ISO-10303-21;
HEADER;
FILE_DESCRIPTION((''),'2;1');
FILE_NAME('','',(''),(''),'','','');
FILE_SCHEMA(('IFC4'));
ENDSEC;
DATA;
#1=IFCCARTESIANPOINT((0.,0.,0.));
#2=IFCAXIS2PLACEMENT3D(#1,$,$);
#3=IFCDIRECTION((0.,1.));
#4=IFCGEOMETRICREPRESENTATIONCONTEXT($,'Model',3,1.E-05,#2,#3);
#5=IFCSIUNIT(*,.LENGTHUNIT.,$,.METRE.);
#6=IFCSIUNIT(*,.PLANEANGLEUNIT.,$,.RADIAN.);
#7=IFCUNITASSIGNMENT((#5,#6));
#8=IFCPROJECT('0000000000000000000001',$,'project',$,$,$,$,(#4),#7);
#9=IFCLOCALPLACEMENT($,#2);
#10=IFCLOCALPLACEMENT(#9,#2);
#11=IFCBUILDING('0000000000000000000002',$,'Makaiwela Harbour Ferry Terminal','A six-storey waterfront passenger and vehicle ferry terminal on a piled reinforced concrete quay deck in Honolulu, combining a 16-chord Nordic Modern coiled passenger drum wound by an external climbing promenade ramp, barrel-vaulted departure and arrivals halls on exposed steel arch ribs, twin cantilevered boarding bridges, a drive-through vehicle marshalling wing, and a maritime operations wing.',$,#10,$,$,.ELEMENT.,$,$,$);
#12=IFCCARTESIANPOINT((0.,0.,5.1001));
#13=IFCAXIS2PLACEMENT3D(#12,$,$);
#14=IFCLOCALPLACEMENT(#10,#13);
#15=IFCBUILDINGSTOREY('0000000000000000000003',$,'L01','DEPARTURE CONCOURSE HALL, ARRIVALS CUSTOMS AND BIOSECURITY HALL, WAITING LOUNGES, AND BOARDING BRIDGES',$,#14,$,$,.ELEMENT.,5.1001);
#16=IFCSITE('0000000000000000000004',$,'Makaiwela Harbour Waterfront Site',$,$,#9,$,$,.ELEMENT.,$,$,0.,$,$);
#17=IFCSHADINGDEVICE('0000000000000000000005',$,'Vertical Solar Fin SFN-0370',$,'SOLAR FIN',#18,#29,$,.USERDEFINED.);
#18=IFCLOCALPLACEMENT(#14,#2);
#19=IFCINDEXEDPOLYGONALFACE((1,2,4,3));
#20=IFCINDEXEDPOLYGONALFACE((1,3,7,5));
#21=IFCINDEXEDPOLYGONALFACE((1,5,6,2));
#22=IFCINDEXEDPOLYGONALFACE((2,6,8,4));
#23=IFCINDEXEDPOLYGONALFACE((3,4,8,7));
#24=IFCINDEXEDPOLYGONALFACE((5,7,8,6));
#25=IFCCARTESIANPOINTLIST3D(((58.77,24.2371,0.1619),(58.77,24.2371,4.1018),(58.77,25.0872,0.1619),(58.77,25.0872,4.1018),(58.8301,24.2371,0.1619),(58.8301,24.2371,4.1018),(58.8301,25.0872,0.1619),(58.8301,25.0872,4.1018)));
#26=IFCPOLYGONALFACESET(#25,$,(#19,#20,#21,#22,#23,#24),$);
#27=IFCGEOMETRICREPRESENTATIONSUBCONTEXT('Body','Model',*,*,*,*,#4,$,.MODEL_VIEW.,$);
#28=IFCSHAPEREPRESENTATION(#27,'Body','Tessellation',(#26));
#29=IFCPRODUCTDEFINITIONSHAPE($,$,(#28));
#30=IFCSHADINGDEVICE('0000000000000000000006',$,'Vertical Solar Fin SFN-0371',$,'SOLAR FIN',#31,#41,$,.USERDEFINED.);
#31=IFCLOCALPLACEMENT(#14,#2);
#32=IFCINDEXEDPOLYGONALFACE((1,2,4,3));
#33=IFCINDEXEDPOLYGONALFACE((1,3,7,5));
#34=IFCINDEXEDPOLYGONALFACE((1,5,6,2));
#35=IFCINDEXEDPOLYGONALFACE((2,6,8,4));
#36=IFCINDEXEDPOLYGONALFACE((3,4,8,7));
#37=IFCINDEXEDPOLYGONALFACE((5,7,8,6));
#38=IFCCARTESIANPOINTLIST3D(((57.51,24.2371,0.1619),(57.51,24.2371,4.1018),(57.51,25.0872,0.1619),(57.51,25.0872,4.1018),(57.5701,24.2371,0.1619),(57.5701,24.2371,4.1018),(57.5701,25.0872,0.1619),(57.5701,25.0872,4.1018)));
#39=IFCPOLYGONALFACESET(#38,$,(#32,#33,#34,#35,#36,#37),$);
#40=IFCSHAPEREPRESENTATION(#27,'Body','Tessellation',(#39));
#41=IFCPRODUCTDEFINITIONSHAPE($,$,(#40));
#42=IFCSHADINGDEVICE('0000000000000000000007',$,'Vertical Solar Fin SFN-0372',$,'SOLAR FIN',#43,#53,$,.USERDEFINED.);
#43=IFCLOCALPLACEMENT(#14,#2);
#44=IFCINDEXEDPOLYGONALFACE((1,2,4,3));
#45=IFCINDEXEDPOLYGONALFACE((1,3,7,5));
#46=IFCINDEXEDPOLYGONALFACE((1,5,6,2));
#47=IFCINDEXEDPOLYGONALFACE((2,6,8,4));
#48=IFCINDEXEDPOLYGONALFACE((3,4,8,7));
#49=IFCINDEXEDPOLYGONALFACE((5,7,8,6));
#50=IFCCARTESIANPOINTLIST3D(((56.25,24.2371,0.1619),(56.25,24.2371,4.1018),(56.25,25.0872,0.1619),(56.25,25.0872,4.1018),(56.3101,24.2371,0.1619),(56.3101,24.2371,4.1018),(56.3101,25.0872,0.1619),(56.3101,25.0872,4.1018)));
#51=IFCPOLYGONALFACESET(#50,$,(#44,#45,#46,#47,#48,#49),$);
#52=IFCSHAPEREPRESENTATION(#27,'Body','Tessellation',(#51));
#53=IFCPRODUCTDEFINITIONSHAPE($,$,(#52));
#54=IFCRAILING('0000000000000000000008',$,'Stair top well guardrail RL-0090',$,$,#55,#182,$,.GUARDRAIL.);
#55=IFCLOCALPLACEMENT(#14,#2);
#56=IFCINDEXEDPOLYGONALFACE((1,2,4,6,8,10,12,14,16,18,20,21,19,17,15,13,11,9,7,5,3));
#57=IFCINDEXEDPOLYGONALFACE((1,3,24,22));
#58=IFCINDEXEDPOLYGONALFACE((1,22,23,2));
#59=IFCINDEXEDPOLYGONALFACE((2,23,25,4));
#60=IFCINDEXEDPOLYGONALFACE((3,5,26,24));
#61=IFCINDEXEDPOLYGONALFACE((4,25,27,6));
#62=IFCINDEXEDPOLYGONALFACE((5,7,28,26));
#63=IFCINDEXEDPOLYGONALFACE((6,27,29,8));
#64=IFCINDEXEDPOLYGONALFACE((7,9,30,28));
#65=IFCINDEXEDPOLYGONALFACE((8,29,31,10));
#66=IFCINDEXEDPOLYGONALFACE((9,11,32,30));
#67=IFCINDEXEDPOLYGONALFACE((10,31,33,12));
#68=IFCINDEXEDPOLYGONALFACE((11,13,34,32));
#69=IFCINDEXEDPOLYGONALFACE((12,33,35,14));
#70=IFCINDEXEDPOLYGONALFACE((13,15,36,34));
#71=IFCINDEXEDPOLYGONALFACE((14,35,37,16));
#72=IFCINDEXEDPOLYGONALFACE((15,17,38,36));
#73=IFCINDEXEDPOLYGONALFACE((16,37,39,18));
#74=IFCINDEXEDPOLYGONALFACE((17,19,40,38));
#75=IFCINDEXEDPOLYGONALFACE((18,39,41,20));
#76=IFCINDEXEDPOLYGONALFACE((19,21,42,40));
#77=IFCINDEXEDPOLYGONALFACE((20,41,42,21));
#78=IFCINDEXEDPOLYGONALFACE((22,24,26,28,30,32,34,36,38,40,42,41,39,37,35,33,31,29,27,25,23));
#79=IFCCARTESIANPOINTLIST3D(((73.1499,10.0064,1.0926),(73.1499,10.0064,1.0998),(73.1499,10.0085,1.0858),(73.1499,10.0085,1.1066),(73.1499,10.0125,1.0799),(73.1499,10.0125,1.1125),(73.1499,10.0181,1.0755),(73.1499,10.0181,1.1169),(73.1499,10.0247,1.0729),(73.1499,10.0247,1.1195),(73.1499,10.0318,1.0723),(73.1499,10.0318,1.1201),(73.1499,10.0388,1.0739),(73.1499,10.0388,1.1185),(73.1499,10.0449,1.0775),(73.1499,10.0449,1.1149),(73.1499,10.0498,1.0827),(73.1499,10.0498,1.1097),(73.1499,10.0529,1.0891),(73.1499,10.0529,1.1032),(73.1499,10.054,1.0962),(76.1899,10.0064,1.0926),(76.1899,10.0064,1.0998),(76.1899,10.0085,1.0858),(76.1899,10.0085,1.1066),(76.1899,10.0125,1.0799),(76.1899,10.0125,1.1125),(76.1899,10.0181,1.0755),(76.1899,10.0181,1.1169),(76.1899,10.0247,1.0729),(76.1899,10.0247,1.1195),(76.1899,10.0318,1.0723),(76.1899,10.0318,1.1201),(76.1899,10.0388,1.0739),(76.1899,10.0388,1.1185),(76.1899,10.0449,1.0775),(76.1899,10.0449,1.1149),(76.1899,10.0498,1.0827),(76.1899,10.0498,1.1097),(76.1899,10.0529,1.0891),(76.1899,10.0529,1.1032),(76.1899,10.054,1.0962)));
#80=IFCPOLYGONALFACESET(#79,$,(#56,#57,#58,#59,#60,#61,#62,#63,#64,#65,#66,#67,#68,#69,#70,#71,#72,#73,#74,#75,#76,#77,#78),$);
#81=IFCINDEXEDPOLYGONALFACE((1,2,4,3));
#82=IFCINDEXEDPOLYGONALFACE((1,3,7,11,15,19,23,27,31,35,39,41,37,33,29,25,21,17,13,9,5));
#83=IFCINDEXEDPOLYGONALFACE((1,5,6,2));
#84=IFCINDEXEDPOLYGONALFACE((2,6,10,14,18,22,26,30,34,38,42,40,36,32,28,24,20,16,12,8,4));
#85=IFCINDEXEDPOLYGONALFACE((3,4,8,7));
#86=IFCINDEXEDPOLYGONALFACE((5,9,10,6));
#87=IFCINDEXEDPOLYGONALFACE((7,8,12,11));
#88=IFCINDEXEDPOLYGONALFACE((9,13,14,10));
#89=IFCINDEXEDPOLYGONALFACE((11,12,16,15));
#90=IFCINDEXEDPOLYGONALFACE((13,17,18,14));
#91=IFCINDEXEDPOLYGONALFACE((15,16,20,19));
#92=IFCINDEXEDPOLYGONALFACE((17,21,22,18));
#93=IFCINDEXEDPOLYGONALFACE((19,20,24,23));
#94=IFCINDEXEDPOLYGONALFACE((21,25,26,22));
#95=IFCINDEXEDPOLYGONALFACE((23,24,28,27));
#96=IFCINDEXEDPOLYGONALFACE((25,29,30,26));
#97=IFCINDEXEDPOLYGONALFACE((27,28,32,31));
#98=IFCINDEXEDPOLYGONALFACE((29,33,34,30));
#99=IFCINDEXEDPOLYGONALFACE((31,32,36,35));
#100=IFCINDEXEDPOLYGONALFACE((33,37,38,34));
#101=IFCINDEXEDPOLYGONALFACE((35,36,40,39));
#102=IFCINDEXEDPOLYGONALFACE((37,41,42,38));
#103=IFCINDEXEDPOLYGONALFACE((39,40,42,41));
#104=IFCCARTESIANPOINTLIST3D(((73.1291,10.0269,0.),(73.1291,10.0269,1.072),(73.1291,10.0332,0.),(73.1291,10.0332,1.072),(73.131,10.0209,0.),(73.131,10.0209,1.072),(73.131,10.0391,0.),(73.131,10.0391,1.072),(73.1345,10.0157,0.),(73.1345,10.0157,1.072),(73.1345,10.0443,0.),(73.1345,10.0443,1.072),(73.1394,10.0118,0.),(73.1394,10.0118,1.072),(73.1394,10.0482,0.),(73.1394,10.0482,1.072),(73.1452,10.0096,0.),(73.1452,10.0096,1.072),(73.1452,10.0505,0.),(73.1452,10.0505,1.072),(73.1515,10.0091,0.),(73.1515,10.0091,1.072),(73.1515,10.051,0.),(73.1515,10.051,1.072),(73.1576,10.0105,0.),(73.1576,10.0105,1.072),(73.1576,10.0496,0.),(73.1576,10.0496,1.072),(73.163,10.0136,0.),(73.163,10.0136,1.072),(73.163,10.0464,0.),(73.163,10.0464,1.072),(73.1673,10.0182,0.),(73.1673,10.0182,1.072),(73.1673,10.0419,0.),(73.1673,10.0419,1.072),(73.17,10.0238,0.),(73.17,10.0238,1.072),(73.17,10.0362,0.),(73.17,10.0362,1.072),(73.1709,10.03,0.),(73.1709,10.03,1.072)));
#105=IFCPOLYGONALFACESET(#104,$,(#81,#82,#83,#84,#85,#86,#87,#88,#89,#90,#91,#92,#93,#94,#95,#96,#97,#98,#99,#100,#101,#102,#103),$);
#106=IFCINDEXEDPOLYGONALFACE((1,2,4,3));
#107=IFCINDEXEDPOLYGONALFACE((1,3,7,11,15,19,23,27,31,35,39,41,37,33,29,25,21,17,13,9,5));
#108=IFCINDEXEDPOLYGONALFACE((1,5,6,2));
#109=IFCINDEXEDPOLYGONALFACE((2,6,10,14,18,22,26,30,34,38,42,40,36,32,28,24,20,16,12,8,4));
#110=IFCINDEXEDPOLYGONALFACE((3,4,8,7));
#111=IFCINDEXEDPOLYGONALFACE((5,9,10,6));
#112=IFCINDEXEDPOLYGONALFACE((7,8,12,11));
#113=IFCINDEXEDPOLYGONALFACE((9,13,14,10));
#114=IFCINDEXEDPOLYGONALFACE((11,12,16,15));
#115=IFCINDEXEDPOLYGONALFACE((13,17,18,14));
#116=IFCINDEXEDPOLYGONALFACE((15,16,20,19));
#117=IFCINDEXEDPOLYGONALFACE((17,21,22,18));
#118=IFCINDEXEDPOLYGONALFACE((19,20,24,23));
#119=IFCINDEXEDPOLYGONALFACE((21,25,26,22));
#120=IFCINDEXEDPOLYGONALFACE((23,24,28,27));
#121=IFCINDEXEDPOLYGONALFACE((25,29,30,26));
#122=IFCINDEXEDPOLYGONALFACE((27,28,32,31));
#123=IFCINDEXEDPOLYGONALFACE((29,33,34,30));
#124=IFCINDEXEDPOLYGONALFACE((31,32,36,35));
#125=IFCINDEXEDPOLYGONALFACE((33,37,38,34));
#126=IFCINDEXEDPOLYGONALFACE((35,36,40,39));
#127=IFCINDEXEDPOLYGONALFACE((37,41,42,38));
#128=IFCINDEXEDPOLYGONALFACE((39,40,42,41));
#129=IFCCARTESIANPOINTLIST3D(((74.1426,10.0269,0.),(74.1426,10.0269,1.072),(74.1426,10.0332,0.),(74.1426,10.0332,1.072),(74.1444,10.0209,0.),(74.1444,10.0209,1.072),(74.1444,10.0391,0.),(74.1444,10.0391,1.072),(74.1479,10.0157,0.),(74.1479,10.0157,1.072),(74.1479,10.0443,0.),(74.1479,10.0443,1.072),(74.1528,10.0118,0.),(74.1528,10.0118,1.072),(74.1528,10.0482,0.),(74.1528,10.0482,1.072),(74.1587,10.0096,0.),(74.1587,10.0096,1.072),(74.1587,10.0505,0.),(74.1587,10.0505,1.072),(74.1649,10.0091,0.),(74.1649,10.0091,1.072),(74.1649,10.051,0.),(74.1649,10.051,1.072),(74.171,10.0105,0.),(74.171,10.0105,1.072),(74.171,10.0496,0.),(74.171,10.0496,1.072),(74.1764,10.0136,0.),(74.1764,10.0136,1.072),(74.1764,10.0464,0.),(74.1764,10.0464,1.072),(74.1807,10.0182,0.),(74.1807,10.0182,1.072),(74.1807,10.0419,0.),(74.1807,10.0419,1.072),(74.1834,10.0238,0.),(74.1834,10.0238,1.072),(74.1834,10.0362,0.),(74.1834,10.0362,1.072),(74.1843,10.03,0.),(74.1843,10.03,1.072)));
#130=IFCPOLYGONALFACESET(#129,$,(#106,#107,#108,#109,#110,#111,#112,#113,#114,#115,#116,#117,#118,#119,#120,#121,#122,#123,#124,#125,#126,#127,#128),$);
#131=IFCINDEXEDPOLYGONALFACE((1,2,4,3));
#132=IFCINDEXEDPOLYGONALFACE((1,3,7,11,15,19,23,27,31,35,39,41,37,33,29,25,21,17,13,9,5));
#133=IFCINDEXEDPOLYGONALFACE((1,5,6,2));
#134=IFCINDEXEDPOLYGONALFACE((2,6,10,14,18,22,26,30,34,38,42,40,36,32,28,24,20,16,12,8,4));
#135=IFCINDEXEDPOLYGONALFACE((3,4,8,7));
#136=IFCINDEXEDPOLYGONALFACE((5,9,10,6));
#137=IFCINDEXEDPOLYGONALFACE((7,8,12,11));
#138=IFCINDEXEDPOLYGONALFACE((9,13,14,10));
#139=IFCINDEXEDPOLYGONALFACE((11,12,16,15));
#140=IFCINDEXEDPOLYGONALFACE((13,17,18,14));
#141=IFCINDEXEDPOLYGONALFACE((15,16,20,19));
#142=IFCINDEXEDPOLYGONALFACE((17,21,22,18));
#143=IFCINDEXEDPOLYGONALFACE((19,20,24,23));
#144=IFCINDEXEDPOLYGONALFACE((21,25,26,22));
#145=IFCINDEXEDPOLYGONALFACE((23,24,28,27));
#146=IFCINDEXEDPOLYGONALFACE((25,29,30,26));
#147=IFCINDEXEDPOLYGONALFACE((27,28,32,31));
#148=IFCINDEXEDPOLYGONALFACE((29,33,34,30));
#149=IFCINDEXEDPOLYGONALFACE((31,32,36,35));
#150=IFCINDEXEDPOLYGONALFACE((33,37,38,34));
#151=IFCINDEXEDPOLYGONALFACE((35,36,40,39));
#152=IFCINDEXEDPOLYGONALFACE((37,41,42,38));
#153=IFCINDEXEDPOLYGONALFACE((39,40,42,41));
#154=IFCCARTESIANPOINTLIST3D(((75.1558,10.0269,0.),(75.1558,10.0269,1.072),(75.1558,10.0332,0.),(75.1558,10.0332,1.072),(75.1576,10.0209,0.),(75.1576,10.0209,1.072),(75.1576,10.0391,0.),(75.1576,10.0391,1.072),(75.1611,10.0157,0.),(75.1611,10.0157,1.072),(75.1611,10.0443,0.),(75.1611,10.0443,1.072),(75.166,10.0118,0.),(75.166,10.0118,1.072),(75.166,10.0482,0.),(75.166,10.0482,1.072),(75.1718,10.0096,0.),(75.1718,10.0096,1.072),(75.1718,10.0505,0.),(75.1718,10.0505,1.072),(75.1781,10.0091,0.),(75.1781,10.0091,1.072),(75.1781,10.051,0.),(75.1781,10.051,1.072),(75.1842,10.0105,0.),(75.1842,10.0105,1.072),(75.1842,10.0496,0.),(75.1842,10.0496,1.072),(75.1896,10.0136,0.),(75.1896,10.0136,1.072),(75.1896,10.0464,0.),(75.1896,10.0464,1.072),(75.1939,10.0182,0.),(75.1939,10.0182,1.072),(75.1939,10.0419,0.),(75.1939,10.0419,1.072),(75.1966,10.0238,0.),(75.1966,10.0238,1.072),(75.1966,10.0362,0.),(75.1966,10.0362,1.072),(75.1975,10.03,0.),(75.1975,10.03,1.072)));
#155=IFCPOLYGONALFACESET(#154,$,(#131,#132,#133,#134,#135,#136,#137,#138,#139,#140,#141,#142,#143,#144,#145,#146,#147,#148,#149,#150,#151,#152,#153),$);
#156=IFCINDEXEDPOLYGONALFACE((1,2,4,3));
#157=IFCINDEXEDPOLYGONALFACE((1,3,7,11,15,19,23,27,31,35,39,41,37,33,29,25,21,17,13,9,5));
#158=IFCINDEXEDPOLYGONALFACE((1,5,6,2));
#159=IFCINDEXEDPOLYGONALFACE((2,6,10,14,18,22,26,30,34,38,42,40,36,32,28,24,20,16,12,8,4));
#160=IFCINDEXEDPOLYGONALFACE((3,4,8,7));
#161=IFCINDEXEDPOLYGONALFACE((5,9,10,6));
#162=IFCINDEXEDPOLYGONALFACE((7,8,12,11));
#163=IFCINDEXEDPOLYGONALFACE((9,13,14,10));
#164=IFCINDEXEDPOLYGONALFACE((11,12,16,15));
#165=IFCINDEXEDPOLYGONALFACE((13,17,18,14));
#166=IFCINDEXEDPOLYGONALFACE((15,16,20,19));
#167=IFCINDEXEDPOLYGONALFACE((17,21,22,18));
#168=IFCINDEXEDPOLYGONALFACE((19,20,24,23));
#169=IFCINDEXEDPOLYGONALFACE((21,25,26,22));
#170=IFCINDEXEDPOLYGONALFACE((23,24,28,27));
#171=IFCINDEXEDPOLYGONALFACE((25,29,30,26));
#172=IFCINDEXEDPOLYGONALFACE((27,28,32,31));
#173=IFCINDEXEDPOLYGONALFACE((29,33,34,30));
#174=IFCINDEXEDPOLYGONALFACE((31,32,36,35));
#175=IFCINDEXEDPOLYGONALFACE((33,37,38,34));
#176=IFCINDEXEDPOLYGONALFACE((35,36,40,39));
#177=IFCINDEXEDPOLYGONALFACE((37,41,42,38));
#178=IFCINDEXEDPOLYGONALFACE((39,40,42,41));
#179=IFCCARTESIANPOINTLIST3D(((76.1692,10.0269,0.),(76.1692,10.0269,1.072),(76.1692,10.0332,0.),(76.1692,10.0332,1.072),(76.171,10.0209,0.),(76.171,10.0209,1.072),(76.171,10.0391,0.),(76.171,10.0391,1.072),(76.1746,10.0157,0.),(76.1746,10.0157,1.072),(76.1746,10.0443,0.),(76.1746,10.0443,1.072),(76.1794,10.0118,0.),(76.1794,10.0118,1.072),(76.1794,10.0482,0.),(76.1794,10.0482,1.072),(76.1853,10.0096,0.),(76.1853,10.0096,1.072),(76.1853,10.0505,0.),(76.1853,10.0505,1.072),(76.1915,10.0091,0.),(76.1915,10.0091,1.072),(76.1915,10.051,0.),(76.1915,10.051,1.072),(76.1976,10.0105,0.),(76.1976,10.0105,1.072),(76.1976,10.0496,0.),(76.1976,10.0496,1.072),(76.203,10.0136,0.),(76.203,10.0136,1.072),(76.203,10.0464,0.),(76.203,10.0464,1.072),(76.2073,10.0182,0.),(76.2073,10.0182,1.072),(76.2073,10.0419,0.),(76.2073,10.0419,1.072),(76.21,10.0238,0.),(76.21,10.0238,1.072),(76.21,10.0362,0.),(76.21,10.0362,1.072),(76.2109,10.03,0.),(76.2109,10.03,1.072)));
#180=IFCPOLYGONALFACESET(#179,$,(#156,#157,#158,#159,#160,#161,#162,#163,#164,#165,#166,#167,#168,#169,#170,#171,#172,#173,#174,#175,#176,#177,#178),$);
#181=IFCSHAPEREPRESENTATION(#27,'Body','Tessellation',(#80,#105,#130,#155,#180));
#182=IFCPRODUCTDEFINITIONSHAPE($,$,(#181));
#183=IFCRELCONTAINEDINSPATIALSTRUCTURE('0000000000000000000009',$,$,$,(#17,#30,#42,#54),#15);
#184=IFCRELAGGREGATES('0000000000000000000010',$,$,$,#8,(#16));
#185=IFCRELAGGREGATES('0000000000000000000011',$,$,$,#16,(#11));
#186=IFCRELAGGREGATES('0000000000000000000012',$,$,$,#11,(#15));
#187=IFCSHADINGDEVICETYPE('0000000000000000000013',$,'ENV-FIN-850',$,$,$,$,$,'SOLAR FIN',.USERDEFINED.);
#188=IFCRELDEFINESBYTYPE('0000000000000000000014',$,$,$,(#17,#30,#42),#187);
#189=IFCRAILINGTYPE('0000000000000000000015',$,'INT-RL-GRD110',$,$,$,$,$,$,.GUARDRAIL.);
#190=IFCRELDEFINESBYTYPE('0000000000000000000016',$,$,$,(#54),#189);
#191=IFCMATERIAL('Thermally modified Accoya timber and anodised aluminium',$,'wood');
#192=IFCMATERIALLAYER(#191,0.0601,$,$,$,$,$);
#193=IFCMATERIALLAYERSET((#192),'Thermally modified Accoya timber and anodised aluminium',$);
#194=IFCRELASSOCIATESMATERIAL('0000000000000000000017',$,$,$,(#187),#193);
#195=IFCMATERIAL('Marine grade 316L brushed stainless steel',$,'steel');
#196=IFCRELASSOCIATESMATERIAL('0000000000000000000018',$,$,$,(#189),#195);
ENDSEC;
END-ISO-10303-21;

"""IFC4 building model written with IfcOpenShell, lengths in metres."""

from ifc_helpers import new_model, si_unit, direction, frame, origin, origin_2d, place, context, subcontext, project, spatial, rectangle, circle, extrude, material, layer, layer_set, type_object, element, save


model = new_model("IFC4")

# Units and contexts
model_context = context("Model", 3, precision=1e-05, world=origin(), true_north=direction((0.0, 1.0)))
body_context = subcontext(model_context, "Body", "Model", "MODEL_VIEW")
ifc_project = project(units=[si_unit("LENGTHUNIT", "METRE"), si_unit("PLANEANGLEUNIT", "RADIAN")], contexts=[model_context])

# Site, building, storey
site_placement = place(None, origin())
site = spatial("IfcSite", under=ifc_project, at=site_placement, Name="Makaiwela Harbour Waterfront Site", CompositionType="ELEMENT", RefElevation=0.0)
building_placement = place(site_placement, origin())
building = spatial("IfcBuilding", under=site, at=building_placement, Name="Makaiwela Harbour Ferry Terminal", Description="A six-storey waterfront passenger and vehicle ferry terminal on a piled reinforced concrete quay deck in Honolulu, combining a 16-chord Nordic Modern coiled passenger drum wound by an external climbing promenade ramp, barrel-vaulted departure and arrivals halls on exposed steel arch ribs, twin cantilevered boarding bridges, a drive-through vehicle marshalling wing, and a maritime operations wing.", CompositionType="ELEMENT")
storey_placement = place(building_placement, frame((0.0, 0.0, 5.1001)))
storey = spatial("IfcBuildingStorey", under=building, at=storey_placement, Name="L01", Description="DEPARTURE CONCOURSE HALL, ARRIVALS CUSTOMS AND BIOSECURITY HALL, WAITING LOUNGES, AND BOARDING BRIDGES", CompositionType="ELEMENT", Elevation=5.1001)

# Shading devices
ifc_material_1 = material(Name="Thermally modified Accoya timber and anodised aluminium", Category="wood")
ifc_layer_1 = layer(ifc_material_1, 0.0601)
ifc_layer_set_1 = layer_set([ifc_layer_1], Name="Thermally modified Accoya timber and anodised aluminium")
shading_device_type = type_object("IfcShadingDeviceType", Name="ENV-FIN-850", ElementType="SOLAR FIN", PredefinedType="USERDEFINED", material=ifc_layer_set_1)
for number, where, z_axis, x_axis, name in (
    (1, (58.8, 24.6621, 0.1619), (0.0, 0.0, 1.0), (0.0, -1.0, 0.0), "Vertical Solar Fin SFN-0370"),
    (2, (57.54, 24.6621, 0.1619), (0.0, 0.0, 1.0), (0.0, -1.0, 0.0), "Vertical Solar Fin SFN-0371"),
    (3, (56.28, 24.6621, 0.1619), (0.0, 0.0, 1.0), (0.0, -1.0, 0.0), "Vertical Solar Fin SFN-0372"),
):
    element("IfcShadingDevice", number, at=place(storey_placement, frame(where, z_axis=z_axis, x_axis=x_axis)), inside=storey, type_object=shading_device_type, Name=name, ObjectType="SOLAR FIN", PredefinedType="USERDEFINED", context=body_context, shape_type="SweptSolid", body=[
        extrude(rectangle(XDim=0.8501, YDim=0.0601, at=origin_2d()), origin(), (0.0, 0.0, 1.0), 3.9399),
    ])

# Railing
ifc_material_2 = material(Name="Marine grade 316L brushed stainless steel", Category="steel")
railing_type = type_object("IfcRailingType", Name="INT-RL-GRD110", PredefinedType="GUARDRAIL", material=ifc_material_2)
railing_1_placement = place(storey_placement, frame((73.1499, 10.03, 0.0)))
element("IfcRailing", 4, at=railing_1_placement, inside=storey, type_object=railing_type, Name="Stair top well guardrail RL-0090", PredefinedType="GUARDRAIL", context=body_context, shape_type="SweptSolid", body=[
    extrude(circle(Radius=0.0239, at=origin_2d()), frame((0.0, 0.0, 1.0962), z_axis=(1.0, 0.0, 0.0), x_axis=(0.0, 1.0, 0.0)), (0.0, 0.0, 1.0), 3.04),
    extrude(circle(Radius=0.021, at=origin_2d()), origin(), (0.0, 0.0, 1.0), 1.072),
    extrude(circle(Radius=0.021, at=origin_2d()), frame((1.0134, 0.0, 0.0)), (0.0, 0.0, 1.0), 1.072),
    extrude(circle(Radius=0.021, at=origin_2d()), frame((2.0266, 0.0, 0.0)), (0.0, 0.0, 1.0), 1.072),
    extrude(circle(Radius=0.021, at=origin_2d()), frame((3.04, 0.0, 0.0)), (0.0, 0.0, 1.0), 1.072),
])

save(model, "model.ifc")
